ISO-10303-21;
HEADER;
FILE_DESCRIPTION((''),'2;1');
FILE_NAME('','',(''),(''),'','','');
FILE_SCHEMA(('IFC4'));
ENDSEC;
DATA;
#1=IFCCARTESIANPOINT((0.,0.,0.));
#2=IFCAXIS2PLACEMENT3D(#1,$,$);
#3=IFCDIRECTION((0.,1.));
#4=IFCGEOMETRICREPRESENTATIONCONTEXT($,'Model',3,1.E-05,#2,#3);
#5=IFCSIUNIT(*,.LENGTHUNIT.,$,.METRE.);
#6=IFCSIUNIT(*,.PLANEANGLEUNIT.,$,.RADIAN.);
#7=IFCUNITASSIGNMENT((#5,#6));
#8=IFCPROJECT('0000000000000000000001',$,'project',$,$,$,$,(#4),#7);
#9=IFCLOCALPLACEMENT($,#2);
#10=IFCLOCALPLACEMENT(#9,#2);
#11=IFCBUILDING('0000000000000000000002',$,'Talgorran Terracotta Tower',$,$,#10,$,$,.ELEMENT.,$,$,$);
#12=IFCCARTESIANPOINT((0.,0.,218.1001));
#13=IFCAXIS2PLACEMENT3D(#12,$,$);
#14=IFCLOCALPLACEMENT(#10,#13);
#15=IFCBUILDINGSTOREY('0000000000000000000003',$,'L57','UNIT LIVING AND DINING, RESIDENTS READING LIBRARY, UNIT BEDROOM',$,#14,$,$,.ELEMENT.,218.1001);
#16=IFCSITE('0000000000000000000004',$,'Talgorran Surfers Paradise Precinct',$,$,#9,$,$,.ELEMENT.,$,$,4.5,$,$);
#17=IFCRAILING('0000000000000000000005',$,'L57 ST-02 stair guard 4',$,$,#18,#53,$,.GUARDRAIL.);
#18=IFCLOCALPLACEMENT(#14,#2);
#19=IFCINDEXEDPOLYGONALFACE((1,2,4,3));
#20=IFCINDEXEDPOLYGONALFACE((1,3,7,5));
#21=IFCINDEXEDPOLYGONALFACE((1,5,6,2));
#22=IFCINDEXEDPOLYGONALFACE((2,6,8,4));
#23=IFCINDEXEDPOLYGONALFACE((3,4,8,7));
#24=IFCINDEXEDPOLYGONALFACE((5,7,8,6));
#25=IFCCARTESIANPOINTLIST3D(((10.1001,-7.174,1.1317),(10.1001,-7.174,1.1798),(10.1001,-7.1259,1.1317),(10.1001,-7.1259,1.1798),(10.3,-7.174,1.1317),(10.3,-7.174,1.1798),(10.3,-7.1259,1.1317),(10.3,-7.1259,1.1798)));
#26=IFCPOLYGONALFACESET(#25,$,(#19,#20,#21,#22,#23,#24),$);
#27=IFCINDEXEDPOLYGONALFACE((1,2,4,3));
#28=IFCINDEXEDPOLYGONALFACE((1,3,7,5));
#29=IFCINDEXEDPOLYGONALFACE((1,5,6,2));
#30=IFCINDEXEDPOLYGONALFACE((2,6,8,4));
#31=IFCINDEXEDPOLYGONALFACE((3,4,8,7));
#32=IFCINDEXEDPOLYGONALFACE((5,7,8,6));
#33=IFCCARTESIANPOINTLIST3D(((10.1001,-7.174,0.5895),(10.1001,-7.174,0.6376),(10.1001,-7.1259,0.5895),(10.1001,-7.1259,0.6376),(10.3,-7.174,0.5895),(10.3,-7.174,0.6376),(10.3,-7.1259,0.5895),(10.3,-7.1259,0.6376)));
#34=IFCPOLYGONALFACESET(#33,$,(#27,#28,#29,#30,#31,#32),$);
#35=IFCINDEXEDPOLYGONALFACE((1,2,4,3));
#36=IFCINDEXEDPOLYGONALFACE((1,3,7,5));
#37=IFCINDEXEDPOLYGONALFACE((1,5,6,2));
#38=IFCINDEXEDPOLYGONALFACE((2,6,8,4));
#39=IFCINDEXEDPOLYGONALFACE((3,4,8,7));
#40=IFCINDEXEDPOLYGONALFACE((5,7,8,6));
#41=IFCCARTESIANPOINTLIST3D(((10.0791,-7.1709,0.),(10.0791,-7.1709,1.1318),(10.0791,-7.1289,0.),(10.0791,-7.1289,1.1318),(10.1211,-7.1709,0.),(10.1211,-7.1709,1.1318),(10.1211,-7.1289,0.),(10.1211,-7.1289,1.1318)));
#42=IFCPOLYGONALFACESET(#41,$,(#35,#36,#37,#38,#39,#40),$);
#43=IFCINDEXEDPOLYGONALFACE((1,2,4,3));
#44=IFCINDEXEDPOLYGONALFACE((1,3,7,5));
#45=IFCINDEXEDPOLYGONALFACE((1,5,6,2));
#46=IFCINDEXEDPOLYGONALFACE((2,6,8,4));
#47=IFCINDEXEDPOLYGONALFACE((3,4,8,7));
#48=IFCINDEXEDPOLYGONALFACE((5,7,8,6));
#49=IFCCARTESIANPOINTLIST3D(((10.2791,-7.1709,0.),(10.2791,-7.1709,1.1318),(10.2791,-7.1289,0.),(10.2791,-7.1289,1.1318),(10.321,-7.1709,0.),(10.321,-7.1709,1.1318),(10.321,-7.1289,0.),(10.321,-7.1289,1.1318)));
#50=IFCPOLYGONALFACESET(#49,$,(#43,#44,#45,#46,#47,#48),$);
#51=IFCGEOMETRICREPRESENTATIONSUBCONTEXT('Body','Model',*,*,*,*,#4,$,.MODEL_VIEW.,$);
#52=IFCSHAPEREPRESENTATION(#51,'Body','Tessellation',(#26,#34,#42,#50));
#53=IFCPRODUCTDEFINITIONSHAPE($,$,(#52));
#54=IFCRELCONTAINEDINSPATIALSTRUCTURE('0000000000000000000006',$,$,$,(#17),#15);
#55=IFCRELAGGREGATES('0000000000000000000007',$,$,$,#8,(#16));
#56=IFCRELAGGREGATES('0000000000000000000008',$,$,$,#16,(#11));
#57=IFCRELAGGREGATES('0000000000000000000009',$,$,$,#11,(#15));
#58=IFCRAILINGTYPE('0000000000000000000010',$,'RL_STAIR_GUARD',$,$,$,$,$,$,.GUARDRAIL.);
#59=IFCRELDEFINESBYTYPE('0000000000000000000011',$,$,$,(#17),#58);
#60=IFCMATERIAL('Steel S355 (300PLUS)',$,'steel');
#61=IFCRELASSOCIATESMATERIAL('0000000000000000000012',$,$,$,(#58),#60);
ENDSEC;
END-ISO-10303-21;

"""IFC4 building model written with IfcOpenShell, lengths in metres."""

from ifc_helpers import new_model, si_unit, direction, frame, origin, origin_2d, place, context, subcontext, project, spatial, rectangle, extrude, material, type_object, element, save


model = new_model("IFC4")

# Units and contexts
model_context = context("Model", 3, precision=1e-05, world=origin(), true_north=direction((0.0, 1.0)))
body_context = subcontext(model_context, "Body", "Model", "MODEL_VIEW")
ifc_project = project(units=[si_unit("LENGTHUNIT", "METRE"), si_unit("PLANEANGLEUNIT", "RADIAN")], contexts=[model_context])

# Site, building, storey
site_placement = place(None, origin())
site = spatial("IfcSite", under=ifc_project, at=site_placement, Name="Talgorran Surfers Paradise Precinct", CompositionType="ELEMENT", RefElevation=4.5)
building_placement = place(site_placement, origin())
building = spatial("IfcBuilding", under=site, at=building_placement, Name="Talgorran Terracotta Tower", CompositionType="ELEMENT")
storey_placement = place(building_placement, frame((0.0, 0.0, 218.1001)))
storey = spatial("IfcBuildingStorey", under=building, at=storey_placement, Name="L57", Description="UNIT LIVING AND DINING, RESIDENTS READING LIBRARY, UNIT BEDROOM", CompositionType="ELEMENT", Elevation=218.1001)

# Shared definitions
ifc_material_1 = material(Name="Steel S355 (300PLUS)", Category="steel")

# Railing
railing_type_1 = type_object("IfcRailingType", Name="RL_STAIR_GUARD", PredefinedType="GUARDRAIL", material=ifc_material_1)
railing_1_placement = place(storey_placement, frame((10.1001, -7.1499, 0.0)))
element("IfcRailing", 1, at=railing_1_placement, inside=storey, type_object=railing_type_1, Name="L57 ST-02 stair guard 4", PredefinedType="GUARDRAIL", context=body_context, shape_type="SweptSolid", body=[
    extrude(rectangle(XDim=0.0481, YDim=0.0481, at=origin_2d()), frame((0.0, 0.0, 1.1558), z_axis=(1.0, 0.0, 0.0), x_axis=(0.0, 1.0, 0.0)), (0.0, 0.0, 1.0), 0.2),
    extrude(rectangle(XDim=0.0481, YDim=0.0481, at=origin_2d()), frame((0.0, 0.0, 0.6135), z_axis=(1.0, 0.0, 0.0), x_axis=(0.0, 1.0, 0.0)), (0.0, 0.0, 1.0), 0.2),
    extrude(rectangle(XDim=0.042, YDim=0.042, at=origin_2d()), origin(), (0.0, 0.0, 1.0), 1.1318),
    extrude(rectangle(XDim=0.042, YDim=0.042, at=origin_2d()), frame((0.2, 0.0, 0.0)), (0.0, 0.0, 1.0), 1.1318),
])

save(model, "model.ifc")
